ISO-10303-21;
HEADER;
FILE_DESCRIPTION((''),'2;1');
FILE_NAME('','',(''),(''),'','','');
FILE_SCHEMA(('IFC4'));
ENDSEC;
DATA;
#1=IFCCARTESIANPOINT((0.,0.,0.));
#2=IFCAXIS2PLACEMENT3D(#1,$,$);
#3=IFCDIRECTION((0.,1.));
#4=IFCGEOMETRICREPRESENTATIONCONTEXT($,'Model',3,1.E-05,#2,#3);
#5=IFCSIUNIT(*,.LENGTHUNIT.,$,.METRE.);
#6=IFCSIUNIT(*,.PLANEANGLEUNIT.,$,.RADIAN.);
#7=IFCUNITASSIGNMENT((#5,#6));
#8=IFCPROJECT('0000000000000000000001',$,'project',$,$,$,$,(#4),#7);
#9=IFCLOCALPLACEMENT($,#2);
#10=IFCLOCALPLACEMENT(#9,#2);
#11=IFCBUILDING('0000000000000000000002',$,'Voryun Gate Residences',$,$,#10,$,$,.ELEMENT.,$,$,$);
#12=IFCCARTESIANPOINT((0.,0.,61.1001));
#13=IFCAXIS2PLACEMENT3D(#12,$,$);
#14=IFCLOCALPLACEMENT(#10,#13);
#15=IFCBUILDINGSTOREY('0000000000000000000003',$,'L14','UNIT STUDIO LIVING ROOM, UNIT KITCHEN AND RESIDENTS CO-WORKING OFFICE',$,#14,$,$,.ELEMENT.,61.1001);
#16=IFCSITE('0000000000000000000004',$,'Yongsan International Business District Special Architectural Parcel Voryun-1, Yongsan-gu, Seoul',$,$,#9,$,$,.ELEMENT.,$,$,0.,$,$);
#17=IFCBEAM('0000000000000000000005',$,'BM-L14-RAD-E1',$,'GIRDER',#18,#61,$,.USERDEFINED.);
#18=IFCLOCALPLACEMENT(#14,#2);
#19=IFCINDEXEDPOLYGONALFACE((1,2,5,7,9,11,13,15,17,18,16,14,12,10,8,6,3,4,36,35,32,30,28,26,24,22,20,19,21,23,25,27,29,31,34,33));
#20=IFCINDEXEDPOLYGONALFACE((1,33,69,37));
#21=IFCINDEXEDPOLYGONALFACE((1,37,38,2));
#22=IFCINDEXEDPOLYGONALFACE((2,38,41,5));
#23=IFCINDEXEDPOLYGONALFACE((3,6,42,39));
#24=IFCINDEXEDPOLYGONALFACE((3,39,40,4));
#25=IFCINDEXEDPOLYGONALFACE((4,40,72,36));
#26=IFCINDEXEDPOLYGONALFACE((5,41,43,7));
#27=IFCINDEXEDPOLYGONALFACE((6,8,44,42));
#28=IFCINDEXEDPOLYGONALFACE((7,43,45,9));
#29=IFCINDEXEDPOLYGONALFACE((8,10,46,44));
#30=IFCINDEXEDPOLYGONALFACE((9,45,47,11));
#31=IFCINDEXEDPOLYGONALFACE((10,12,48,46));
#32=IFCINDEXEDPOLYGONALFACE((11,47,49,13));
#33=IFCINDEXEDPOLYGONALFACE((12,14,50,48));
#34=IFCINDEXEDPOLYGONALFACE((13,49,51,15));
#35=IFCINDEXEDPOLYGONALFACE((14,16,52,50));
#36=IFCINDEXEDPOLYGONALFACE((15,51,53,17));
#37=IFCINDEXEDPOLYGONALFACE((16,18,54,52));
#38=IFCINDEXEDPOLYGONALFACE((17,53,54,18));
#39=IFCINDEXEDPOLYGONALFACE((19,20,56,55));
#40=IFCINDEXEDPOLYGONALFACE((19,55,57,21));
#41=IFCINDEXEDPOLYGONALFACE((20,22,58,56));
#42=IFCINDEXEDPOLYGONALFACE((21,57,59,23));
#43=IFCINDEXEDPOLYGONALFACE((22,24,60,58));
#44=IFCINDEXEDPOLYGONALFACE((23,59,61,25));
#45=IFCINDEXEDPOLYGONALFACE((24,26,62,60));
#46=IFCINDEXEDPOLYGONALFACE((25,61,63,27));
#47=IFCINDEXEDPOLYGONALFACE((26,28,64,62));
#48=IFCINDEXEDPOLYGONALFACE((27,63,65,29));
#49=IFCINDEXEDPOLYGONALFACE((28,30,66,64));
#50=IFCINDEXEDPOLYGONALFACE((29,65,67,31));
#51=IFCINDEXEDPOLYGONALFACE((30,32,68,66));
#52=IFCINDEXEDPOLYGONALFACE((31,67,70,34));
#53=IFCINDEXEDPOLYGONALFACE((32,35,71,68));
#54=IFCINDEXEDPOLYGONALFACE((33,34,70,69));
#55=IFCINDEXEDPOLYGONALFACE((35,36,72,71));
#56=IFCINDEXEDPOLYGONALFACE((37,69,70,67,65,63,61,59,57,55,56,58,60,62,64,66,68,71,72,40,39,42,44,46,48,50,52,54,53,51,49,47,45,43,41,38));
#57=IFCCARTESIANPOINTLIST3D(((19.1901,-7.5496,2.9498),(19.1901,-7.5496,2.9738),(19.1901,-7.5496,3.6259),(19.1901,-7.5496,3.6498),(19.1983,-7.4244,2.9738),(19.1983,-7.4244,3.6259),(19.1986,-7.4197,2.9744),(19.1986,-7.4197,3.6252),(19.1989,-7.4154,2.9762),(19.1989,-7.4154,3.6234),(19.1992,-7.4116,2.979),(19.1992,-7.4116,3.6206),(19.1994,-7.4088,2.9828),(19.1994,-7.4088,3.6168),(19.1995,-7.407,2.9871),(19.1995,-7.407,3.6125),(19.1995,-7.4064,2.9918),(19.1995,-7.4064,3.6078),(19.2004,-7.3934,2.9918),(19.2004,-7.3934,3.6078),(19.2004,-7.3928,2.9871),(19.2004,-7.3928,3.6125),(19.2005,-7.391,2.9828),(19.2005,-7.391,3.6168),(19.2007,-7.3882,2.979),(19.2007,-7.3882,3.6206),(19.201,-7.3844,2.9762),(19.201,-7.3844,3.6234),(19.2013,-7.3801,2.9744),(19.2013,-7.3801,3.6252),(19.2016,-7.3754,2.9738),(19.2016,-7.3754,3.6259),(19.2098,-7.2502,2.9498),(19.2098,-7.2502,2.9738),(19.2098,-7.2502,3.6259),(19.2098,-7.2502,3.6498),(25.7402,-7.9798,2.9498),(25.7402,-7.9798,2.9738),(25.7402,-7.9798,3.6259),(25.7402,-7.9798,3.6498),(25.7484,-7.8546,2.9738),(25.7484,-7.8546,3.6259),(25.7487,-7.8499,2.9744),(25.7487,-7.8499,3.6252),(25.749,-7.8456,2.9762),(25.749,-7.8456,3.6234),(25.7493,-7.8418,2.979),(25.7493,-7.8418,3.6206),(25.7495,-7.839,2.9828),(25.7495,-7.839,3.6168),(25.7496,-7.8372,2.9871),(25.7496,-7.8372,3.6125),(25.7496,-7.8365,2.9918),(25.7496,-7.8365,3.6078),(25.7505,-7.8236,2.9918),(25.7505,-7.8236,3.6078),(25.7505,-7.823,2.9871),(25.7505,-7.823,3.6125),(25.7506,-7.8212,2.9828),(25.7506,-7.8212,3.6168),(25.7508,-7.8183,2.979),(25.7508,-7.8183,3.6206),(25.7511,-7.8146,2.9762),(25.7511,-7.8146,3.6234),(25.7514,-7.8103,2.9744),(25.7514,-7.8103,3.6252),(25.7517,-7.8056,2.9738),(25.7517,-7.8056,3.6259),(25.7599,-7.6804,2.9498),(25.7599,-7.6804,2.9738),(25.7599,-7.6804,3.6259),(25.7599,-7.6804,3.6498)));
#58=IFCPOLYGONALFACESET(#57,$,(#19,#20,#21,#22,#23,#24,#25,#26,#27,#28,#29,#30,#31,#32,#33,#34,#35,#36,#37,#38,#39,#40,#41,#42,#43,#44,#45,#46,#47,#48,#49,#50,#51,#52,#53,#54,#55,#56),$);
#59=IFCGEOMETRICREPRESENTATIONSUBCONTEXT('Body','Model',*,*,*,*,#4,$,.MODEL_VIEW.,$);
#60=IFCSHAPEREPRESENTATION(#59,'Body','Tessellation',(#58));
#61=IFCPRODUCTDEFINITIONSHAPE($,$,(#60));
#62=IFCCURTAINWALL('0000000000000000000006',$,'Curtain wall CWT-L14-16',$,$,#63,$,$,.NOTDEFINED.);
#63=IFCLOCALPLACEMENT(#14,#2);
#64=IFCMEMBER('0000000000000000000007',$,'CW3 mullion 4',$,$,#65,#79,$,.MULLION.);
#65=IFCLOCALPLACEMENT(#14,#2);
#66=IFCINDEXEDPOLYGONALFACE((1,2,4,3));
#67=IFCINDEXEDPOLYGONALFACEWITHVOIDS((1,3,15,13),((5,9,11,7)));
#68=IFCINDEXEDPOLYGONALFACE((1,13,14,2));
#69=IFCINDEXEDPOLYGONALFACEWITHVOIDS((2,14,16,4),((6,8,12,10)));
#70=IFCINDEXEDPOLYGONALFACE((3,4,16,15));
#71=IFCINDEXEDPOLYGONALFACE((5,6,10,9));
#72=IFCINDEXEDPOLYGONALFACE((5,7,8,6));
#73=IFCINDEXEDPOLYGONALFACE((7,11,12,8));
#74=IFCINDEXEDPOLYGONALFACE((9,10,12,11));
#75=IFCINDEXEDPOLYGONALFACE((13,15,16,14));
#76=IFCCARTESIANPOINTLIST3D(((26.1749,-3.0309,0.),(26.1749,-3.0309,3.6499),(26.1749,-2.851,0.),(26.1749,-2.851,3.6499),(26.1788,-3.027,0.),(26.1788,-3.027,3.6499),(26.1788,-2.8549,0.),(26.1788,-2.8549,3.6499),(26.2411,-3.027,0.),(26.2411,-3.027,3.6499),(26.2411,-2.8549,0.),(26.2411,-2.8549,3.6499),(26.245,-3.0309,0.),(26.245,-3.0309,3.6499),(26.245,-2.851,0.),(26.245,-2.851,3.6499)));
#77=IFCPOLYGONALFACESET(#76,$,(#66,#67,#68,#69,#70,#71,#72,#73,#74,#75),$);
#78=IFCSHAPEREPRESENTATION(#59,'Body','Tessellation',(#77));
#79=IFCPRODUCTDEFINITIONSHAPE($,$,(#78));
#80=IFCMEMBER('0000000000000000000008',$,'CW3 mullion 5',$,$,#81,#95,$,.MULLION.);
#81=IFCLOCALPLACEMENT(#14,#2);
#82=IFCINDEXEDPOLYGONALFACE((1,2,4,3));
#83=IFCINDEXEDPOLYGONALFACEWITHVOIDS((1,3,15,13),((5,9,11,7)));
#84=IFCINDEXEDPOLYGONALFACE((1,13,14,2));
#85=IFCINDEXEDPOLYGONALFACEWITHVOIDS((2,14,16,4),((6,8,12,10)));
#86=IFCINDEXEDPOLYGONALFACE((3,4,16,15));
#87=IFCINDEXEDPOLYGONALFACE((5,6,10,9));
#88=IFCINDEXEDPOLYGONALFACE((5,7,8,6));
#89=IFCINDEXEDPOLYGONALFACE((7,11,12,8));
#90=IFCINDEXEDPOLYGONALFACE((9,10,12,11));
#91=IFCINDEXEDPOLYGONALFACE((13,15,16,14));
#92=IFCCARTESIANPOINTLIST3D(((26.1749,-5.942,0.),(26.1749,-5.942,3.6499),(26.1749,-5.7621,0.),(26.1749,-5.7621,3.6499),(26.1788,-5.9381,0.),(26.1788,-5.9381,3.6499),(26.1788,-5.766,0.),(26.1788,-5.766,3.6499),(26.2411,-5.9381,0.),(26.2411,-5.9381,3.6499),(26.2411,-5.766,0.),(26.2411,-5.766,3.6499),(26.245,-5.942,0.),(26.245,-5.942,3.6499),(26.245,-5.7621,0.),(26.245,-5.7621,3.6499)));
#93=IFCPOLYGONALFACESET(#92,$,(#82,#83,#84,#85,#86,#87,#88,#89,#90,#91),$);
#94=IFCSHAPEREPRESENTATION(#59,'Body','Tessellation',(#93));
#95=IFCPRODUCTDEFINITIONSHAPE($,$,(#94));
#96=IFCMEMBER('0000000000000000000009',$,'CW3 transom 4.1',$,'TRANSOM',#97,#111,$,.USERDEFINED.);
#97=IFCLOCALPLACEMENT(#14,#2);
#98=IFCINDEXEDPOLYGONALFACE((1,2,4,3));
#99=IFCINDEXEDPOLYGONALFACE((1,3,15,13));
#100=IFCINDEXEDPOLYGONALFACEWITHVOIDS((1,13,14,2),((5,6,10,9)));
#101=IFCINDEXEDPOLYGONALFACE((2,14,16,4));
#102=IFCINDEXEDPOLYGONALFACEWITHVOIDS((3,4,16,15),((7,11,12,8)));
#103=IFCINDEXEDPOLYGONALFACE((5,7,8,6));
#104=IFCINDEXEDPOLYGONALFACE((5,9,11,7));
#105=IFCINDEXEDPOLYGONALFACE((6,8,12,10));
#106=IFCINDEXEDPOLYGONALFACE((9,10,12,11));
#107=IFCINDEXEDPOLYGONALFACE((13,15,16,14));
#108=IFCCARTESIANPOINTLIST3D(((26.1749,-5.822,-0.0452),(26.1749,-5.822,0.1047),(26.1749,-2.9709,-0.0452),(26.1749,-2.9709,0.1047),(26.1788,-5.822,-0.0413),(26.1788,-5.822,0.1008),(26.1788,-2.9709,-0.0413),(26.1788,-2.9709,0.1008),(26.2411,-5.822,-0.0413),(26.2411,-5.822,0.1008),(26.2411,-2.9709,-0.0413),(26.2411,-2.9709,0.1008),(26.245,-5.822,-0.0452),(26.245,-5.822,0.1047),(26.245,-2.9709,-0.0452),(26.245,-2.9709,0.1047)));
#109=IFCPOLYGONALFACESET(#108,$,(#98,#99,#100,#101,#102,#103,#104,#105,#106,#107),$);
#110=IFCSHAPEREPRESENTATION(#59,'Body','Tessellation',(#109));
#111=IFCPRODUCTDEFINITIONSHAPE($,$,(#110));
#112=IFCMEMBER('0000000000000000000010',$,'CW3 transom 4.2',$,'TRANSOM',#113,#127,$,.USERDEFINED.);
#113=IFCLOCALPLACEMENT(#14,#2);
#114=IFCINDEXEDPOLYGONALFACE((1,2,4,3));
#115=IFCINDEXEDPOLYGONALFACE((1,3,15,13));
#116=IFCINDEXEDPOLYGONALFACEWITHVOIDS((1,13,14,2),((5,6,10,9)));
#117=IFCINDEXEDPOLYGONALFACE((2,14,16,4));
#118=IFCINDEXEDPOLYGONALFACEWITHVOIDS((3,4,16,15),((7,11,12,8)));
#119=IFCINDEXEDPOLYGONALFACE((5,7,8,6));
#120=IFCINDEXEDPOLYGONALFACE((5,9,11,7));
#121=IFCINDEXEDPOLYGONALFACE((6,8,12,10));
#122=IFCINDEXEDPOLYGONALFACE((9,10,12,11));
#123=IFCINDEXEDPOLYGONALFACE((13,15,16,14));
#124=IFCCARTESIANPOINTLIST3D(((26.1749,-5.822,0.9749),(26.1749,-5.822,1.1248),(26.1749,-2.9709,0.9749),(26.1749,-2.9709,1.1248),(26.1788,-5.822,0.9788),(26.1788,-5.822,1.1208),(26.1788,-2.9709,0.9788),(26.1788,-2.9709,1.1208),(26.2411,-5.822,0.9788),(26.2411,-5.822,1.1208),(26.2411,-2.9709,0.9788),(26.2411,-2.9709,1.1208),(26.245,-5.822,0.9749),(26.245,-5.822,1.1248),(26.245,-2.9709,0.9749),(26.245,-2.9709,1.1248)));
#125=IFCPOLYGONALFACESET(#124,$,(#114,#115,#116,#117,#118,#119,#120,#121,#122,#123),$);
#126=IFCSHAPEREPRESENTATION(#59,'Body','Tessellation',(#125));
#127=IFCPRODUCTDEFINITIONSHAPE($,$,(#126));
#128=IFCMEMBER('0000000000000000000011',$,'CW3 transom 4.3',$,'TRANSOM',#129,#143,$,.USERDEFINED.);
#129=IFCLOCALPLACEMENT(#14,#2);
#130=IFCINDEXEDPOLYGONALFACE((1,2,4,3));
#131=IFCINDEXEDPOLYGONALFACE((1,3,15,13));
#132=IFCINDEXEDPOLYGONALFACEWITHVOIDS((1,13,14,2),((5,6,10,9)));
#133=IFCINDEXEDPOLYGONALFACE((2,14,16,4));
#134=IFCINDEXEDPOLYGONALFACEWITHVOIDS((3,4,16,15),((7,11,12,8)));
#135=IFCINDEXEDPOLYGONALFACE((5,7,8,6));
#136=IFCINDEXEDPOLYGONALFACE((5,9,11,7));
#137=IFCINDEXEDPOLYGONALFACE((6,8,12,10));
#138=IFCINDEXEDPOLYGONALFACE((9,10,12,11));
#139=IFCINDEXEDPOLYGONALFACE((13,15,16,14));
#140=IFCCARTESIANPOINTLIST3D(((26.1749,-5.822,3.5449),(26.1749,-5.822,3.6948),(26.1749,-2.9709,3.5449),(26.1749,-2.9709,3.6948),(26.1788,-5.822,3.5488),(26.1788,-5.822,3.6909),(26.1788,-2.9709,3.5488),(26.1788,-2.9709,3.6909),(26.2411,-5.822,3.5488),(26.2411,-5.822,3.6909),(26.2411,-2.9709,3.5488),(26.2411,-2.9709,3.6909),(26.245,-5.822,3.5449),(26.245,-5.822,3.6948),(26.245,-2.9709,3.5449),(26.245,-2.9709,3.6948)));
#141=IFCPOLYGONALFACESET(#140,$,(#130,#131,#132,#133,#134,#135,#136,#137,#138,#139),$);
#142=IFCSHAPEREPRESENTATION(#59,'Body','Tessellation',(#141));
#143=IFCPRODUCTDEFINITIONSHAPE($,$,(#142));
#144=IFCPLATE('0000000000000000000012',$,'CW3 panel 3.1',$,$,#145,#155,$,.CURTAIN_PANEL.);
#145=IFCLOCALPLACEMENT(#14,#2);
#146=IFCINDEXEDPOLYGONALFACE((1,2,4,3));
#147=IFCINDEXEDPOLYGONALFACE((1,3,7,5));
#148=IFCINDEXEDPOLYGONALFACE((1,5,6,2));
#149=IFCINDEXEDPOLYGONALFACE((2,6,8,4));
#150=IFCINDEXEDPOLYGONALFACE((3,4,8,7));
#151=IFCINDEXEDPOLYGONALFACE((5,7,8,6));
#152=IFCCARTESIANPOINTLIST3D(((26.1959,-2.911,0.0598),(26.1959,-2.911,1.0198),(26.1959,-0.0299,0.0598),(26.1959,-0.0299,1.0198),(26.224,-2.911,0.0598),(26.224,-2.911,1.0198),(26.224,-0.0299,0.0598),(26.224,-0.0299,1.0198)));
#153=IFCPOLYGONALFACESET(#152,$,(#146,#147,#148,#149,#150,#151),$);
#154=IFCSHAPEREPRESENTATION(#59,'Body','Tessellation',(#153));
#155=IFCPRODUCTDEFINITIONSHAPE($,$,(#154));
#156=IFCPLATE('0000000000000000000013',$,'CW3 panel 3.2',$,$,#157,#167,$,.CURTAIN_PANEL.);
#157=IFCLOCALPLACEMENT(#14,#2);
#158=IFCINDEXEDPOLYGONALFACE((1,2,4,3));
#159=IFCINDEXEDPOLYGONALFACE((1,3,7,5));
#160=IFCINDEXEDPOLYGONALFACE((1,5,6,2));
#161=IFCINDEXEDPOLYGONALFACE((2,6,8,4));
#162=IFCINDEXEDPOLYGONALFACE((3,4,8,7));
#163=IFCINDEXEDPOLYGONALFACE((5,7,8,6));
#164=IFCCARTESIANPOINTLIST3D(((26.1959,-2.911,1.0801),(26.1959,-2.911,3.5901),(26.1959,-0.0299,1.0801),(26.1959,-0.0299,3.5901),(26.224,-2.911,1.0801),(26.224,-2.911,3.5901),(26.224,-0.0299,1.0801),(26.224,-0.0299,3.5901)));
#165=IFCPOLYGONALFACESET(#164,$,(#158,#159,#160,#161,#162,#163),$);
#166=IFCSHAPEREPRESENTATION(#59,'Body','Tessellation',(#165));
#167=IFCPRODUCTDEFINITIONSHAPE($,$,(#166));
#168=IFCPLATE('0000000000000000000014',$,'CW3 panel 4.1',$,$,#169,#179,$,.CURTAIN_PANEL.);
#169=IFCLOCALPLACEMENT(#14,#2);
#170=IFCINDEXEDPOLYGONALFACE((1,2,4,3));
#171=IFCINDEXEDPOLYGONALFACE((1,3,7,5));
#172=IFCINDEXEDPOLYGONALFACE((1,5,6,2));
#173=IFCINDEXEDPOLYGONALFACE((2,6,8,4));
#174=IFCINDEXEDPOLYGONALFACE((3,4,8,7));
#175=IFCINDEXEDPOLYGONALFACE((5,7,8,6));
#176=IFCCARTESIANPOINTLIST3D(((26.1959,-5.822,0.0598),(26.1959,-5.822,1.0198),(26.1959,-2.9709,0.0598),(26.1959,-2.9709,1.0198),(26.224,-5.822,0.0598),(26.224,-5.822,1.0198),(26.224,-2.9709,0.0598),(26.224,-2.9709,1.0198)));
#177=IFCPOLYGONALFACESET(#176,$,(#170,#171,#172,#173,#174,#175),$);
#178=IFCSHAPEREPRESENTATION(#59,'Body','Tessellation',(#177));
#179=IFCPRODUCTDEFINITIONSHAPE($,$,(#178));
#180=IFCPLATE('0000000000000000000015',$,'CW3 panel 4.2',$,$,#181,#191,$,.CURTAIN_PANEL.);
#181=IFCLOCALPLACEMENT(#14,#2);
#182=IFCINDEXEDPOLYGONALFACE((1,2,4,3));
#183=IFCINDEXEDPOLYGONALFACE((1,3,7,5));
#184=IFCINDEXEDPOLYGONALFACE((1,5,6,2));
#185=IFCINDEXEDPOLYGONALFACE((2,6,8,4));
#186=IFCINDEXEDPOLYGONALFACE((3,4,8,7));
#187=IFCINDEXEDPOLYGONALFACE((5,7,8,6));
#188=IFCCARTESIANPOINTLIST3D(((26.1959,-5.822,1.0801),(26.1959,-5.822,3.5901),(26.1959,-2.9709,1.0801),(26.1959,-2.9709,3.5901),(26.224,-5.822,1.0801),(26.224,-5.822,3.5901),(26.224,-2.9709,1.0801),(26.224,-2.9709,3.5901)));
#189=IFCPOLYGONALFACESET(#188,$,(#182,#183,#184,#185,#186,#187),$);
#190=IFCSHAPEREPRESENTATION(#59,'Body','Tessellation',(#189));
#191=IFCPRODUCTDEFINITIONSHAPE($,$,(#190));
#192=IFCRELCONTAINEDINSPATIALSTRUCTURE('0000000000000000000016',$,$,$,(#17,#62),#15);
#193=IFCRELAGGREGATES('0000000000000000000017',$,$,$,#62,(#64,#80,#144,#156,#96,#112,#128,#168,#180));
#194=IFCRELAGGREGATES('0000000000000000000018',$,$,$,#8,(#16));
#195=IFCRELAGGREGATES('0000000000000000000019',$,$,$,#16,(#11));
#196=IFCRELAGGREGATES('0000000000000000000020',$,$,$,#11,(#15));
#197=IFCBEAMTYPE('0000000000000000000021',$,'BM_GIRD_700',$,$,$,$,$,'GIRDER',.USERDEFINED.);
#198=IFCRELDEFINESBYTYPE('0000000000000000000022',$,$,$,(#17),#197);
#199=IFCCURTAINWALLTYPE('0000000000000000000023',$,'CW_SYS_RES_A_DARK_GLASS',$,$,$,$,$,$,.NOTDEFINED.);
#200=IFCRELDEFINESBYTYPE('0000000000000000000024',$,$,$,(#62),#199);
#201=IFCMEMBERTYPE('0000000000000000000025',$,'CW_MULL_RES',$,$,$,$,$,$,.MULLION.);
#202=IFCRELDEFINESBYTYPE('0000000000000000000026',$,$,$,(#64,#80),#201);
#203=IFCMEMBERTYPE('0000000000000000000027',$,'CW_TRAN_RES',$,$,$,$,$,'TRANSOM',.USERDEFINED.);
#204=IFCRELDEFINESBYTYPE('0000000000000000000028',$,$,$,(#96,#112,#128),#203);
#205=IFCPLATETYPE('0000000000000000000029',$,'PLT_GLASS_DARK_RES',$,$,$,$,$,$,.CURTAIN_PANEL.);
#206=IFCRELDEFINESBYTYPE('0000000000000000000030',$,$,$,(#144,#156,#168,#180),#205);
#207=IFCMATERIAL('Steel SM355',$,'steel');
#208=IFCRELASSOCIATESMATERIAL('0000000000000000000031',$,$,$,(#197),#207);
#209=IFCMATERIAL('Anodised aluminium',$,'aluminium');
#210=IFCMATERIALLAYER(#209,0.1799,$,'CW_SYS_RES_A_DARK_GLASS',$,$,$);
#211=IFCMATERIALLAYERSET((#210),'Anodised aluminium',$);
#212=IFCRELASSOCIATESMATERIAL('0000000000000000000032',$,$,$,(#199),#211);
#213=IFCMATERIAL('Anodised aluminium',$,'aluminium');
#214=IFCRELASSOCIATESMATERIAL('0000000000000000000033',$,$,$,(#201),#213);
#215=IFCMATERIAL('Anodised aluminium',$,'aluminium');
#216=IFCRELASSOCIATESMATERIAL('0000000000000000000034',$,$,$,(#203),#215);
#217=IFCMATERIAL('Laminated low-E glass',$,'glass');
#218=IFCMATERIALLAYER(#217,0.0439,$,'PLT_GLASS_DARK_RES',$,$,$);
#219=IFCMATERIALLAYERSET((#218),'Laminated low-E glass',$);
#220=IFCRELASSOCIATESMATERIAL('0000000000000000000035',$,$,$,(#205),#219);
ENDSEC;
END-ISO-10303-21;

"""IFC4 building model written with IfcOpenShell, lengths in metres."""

from ifc_helpers import new_model, si_unit, direction, frame, origin, origin_2d, place, context, subcontext, project, spatial, rectangle, hollow_rectangle, i_section, extrude, material, layer, layer_set, material_profile, profile_set, type_object, element, aggregate, save


model = new_model("IFC4")

# Units and contexts
model_context = context("Model", 3, precision=1e-05, world=origin(), true_north=direction((0.0, 1.0)))
body_context = subcontext(model_context, "Body", "Model", "MODEL_VIEW")
ifc_project = project(units=[si_unit("LENGTHUNIT", "METRE"), si_unit("PLANEANGLEUNIT", "RADIAN")], contexts=[model_context])

# Site, building, storey
site_placement = place(None, origin())
site = spatial("IfcSite", under=ifc_project, at=site_placement, Name="Yongsan International Business District Special Architectural Parcel Voryun-1, Yongsan-gu, Seoul", CompositionType="ELEMENT", RefElevation=0.0)
building_placement = place(site_placement, origin())
building = spatial("IfcBuilding", under=site, at=building_placement, Name="Voryun Gate Residences", CompositionType="ELEMENT")
storey_placement = place(building_placement, frame((0.0, 0.0, 61.1001)))
storey = spatial("IfcBuildingStorey", under=building, at=storey_placement, Name="L14", Description="UNIT STUDIO LIVING ROOM, UNIT KITCHEN AND RESIDENTS CO-WORKING OFFICE", CompositionType="ELEMENT", Elevation=61.1001)

# Beam
ifc_material_1 = material(Name="Steel SM355", Category="steel")
ifc_material_profile_1 = material_profile(ifc_material_1, i_section(OverallWidth=0.3, OverallDepth=0.7, WebThickness=0.0129, FlangeThickness=0.0239, FilletRadius=0.0181, at=origin_2d()), Name="H-700x300x13x24")
ifc_profile_set_1 = profile_set([ifc_material_profile_1], Name="Steel SM355")
beam_type = type_object("IfcBeamType", Name="BM_GIRD_700", ElementType="GIRDER", PredefinedType="USERDEFINED", material=ifc_profile_set_1)
beam_placement = place(storey_placement, frame((19.2, -7.3999, 3.2998), z_axis=(0.99785, -0.065534, 0.0), x_axis=(0.065534, 0.99785, 0.0)))
element("IfcBeam", 1, at=beam_placement, inside=storey, type_object=beam_type, Name="BM-L14-RAD-E1", ObjectType="GIRDER", PredefinedType="USERDEFINED", context=body_context, shape_type="SweptSolid", body=[
    extrude(i_section(OverallWidth=0.3, OverallDepth=0.7, WebThickness=0.0129, FlangeThickness=0.0239, FilletRadius=0.0181, at=origin_2d()), origin(), (0.0, 0.0, 1.0), 6.5642),
])

# Curtain wall, members, plates
ifc_material_2 = material(Name="Anodised aluminium", Category="aluminium")
ifc_layer_1 = layer(ifc_material_2, 0.1799, Name="CW_SYS_RES_A_DARK_GLASS")
ifc_layer_set_1 = layer_set([ifc_layer_1], Name="Anodised aluminium")
curtain_wall_type = type_object("IfcCurtainWallType", Name="CW_SYS_RES_A_DARK_GLASS", PredefinedType="NOTDEFINED", material=ifc_layer_set_1)
curtain_wall_placement = place(storey_placement, origin())
curtain_wall = element("IfcCurtainWall", 2, at=curtain_wall_placement, inside=storey, type_object=curtain_wall_type, Name="Curtain wall CWT-L14-16", PredefinedType="NOTDEFINED")
ifc_material_3 = material(Name="Anodised aluminium", Category="aluminium")
ifc_material_profile_2 = material_profile(ifc_material_3, hollow_rectangle(XDim=0.0701, YDim=0.1799, WallThickness=0.0039, at=origin_2d()), Name="ALU-MULL-180x70x4")
ifc_profile_set_2 = profile_set([ifc_material_profile_2], Name="Anodised aluminium")
member_type_1 = type_object("IfcMemberType", Name="CW_MULL_RES", PredefinedType="MULLION", material=ifc_profile_set_2)
member_1_placement = place(storey_placement, frame((26.21, -2.9409, 0.0), z_axis=(0.0, 0.0, 1.0), x_axis=(1.0, 0.0, 0.0)))
member_1 = element("IfcMember", 3, at=member_1_placement, type_object=member_type_1, Name="CW3 mullion 4", PredefinedType="MULLION", context=body_context, shape_type="SweptSolid", body=[
    extrude(hollow_rectangle(XDim=0.0701, YDim=0.1799, WallThickness=0.0039, at=origin_2d()), origin(), (0.0, 0.0, 1.0), 3.6499),
])
member_2_placement = place(storey_placement, frame((26.21, -5.8521, 0.0), z_axis=(0.0, 0.0, 1.0), x_axis=(1.0, 0.0, 0.0)))
member_2 = element("IfcMember", 4, at=member_2_placement, type_object=member_type_1, Name="CW3 mullion 5", PredefinedType="MULLION", context=body_context, shape_type="SweptSolid", body=[
    extrude(hollow_rectangle(XDim=0.0701, YDim=0.1799, WallThickness=0.0039, at=origin_2d()), origin(), (0.0, 0.0, 1.0), 3.6499),
])
ifc_material_4 = material(Name="Anodised aluminium", Category="aluminium")
ifc_material_profile_3 = material_profile(ifc_material_4, hollow_rectangle(XDim=0.0701, YDim=0.1499, WallThickness=0.0039, at=origin_2d()), Name="ALU-TRAN-150x70x4")
ifc_profile_set_3 = profile_set([ifc_material_profile_3], Name="Anodised aluminium")
member_type_2 = type_object("IfcMemberType", Name="CW_TRAN_RES", ElementType="TRANSOM", PredefinedType="USERDEFINED", material=ifc_profile_set_3)
member_3_placement = place(storey_placement, frame((26.21, -2.9709, 0.0298), z_axis=(0.0, -1.0, 0.0), x_axis=(1.0, 0.0, 0.0)))
member_3 = element("IfcMember", 5, at=member_3_placement, type_object=member_type_2, Name="CW3 transom 4.1", ObjectType="TRANSOM", PredefinedType="USERDEFINED", context=body_context, shape_type="SweptSolid", body=[
    extrude(hollow_rectangle(XDim=0.0701, YDim=0.1499, WallThickness=0.0039, at=origin_2d()), origin(), (0.0, 0.0, 1.0), 2.8511),
])
member_4_placement = place(storey_placement, frame((26.21, -2.9709, 1.0498), z_axis=(0.0, -1.0, 0.0), x_axis=(1.0, 0.0, 0.0)))
member_4 = element("IfcMember", 6, at=member_4_placement, type_object=member_type_2, Name="CW3 transom 4.2", ObjectType="TRANSOM", PredefinedType="USERDEFINED", context=body_context, shape_type="SweptSolid", body=[
    extrude(hollow_rectangle(XDim=0.0701, YDim=0.1499, WallThickness=0.0039, at=origin_2d()), origin(), (0.0, 0.0, 1.0), 2.8511),
])
member_5_placement = place(storey_placement, frame((26.21, -2.9709, 3.6199), z_axis=(0.0, -1.0, 0.0), x_axis=(1.0, 0.0, 0.0)))
member_5 = element("IfcMember", 7, at=member_5_placement, type_object=member_type_2, Name="CW3 transom 4.3", ObjectType="TRANSOM", PredefinedType="USERDEFINED", context=body_context, shape_type="SweptSolid", body=[
    extrude(hollow_rectangle(XDim=0.0701, YDim=0.1499, WallThickness=0.0039, at=origin_2d()), origin(), (0.0, 0.0, 1.0), 2.8511),
])
ifc_material_5 = material(Name="Laminated low-E glass", Category="glass")
ifc_layer_2 = layer(ifc_material_5, 0.0439, Name="PLT_GLASS_DARK_RES")
ifc_layer_set_2 = layer_set([ifc_layer_2], Name="Laminated low-E glass")
plate_type = type_object("IfcPlateType", Name="PLT_GLASS_DARK_RES", PredefinedType="CURTAIN_PANEL", material=ifc_layer_set_2)
plate_1_placement = place(storey_placement, frame((26.21, -1.4705, 0.0598), z_axis=(0.0, 0.0, 1.0), x_axis=(0.0, -1.0, 0.0)))
plate_1 = element("IfcPlate", 8, at=plate_1_placement, type_object=plate_type, Name="CW3 panel 3.1", PredefinedType="CURTAIN_PANEL", context=body_context, shape_type="SweptSolid", body=[
    extrude(rectangle(XDim=2.8811, YDim=0.0281, at=origin_2d()), origin(), (0.0, 0.0, 1.0), 0.96),
])
plate_2_placement = place(storey_placement, frame((26.21, -1.4705, 1.0801), z_axis=(0.0, 0.0, 1.0), x_axis=(0.0, -1.0, 0.0)))
plate_2 = element("IfcPlate", 9, at=plate_2_placement, type_object=plate_type, Name="CW3 panel 3.2", PredefinedType="CURTAIN_PANEL", context=body_context, shape_type="SweptSolid", body=[
    extrude(rectangle(XDim=2.8811, YDim=0.0281, at=origin_2d()), origin(), (0.0, 0.0, 1.0), 2.51),
])
plate_3_placement = place(storey_placement, frame((26.21, -4.3965, 0.0598), z_axis=(0.0, 0.0, 1.0), x_axis=(0.0, -1.0, 0.0)))
plate_3 = element("IfcPlate", 10, at=plate_3_placement, type_object=plate_type, Name="CW3 panel 4.1", PredefinedType="CURTAIN_PANEL", context=body_context, shape_type="SweptSolid", body=[
    extrude(rectangle(XDim=2.8511, YDim=0.0281, at=origin_2d()), origin(), (0.0, 0.0, 1.0), 0.96),
])
plate_4_placement = place(storey_placement, frame((26.21, -4.3965, 1.0801), z_axis=(0.0, 0.0, 1.0), x_axis=(0.0, -1.0, 0.0)))
plate_4 = element("IfcPlate", 11, at=plate_4_placement, type_object=plate_type, Name="CW3 panel 4.2", PredefinedType="CURTAIN_PANEL", context=body_context, shape_type="SweptSolid", body=[
    extrude(rectangle(XDim=2.8511, YDim=0.0281, at=origin_2d()), origin(), (0.0, 0.0, 1.0), 2.51),
])
aggregate(curtain_wall, [member_1, member_2, plate_1, plate_2, member_3, member_4, member_5, plate_3, plate_4])

save(model, "model.ifc")
